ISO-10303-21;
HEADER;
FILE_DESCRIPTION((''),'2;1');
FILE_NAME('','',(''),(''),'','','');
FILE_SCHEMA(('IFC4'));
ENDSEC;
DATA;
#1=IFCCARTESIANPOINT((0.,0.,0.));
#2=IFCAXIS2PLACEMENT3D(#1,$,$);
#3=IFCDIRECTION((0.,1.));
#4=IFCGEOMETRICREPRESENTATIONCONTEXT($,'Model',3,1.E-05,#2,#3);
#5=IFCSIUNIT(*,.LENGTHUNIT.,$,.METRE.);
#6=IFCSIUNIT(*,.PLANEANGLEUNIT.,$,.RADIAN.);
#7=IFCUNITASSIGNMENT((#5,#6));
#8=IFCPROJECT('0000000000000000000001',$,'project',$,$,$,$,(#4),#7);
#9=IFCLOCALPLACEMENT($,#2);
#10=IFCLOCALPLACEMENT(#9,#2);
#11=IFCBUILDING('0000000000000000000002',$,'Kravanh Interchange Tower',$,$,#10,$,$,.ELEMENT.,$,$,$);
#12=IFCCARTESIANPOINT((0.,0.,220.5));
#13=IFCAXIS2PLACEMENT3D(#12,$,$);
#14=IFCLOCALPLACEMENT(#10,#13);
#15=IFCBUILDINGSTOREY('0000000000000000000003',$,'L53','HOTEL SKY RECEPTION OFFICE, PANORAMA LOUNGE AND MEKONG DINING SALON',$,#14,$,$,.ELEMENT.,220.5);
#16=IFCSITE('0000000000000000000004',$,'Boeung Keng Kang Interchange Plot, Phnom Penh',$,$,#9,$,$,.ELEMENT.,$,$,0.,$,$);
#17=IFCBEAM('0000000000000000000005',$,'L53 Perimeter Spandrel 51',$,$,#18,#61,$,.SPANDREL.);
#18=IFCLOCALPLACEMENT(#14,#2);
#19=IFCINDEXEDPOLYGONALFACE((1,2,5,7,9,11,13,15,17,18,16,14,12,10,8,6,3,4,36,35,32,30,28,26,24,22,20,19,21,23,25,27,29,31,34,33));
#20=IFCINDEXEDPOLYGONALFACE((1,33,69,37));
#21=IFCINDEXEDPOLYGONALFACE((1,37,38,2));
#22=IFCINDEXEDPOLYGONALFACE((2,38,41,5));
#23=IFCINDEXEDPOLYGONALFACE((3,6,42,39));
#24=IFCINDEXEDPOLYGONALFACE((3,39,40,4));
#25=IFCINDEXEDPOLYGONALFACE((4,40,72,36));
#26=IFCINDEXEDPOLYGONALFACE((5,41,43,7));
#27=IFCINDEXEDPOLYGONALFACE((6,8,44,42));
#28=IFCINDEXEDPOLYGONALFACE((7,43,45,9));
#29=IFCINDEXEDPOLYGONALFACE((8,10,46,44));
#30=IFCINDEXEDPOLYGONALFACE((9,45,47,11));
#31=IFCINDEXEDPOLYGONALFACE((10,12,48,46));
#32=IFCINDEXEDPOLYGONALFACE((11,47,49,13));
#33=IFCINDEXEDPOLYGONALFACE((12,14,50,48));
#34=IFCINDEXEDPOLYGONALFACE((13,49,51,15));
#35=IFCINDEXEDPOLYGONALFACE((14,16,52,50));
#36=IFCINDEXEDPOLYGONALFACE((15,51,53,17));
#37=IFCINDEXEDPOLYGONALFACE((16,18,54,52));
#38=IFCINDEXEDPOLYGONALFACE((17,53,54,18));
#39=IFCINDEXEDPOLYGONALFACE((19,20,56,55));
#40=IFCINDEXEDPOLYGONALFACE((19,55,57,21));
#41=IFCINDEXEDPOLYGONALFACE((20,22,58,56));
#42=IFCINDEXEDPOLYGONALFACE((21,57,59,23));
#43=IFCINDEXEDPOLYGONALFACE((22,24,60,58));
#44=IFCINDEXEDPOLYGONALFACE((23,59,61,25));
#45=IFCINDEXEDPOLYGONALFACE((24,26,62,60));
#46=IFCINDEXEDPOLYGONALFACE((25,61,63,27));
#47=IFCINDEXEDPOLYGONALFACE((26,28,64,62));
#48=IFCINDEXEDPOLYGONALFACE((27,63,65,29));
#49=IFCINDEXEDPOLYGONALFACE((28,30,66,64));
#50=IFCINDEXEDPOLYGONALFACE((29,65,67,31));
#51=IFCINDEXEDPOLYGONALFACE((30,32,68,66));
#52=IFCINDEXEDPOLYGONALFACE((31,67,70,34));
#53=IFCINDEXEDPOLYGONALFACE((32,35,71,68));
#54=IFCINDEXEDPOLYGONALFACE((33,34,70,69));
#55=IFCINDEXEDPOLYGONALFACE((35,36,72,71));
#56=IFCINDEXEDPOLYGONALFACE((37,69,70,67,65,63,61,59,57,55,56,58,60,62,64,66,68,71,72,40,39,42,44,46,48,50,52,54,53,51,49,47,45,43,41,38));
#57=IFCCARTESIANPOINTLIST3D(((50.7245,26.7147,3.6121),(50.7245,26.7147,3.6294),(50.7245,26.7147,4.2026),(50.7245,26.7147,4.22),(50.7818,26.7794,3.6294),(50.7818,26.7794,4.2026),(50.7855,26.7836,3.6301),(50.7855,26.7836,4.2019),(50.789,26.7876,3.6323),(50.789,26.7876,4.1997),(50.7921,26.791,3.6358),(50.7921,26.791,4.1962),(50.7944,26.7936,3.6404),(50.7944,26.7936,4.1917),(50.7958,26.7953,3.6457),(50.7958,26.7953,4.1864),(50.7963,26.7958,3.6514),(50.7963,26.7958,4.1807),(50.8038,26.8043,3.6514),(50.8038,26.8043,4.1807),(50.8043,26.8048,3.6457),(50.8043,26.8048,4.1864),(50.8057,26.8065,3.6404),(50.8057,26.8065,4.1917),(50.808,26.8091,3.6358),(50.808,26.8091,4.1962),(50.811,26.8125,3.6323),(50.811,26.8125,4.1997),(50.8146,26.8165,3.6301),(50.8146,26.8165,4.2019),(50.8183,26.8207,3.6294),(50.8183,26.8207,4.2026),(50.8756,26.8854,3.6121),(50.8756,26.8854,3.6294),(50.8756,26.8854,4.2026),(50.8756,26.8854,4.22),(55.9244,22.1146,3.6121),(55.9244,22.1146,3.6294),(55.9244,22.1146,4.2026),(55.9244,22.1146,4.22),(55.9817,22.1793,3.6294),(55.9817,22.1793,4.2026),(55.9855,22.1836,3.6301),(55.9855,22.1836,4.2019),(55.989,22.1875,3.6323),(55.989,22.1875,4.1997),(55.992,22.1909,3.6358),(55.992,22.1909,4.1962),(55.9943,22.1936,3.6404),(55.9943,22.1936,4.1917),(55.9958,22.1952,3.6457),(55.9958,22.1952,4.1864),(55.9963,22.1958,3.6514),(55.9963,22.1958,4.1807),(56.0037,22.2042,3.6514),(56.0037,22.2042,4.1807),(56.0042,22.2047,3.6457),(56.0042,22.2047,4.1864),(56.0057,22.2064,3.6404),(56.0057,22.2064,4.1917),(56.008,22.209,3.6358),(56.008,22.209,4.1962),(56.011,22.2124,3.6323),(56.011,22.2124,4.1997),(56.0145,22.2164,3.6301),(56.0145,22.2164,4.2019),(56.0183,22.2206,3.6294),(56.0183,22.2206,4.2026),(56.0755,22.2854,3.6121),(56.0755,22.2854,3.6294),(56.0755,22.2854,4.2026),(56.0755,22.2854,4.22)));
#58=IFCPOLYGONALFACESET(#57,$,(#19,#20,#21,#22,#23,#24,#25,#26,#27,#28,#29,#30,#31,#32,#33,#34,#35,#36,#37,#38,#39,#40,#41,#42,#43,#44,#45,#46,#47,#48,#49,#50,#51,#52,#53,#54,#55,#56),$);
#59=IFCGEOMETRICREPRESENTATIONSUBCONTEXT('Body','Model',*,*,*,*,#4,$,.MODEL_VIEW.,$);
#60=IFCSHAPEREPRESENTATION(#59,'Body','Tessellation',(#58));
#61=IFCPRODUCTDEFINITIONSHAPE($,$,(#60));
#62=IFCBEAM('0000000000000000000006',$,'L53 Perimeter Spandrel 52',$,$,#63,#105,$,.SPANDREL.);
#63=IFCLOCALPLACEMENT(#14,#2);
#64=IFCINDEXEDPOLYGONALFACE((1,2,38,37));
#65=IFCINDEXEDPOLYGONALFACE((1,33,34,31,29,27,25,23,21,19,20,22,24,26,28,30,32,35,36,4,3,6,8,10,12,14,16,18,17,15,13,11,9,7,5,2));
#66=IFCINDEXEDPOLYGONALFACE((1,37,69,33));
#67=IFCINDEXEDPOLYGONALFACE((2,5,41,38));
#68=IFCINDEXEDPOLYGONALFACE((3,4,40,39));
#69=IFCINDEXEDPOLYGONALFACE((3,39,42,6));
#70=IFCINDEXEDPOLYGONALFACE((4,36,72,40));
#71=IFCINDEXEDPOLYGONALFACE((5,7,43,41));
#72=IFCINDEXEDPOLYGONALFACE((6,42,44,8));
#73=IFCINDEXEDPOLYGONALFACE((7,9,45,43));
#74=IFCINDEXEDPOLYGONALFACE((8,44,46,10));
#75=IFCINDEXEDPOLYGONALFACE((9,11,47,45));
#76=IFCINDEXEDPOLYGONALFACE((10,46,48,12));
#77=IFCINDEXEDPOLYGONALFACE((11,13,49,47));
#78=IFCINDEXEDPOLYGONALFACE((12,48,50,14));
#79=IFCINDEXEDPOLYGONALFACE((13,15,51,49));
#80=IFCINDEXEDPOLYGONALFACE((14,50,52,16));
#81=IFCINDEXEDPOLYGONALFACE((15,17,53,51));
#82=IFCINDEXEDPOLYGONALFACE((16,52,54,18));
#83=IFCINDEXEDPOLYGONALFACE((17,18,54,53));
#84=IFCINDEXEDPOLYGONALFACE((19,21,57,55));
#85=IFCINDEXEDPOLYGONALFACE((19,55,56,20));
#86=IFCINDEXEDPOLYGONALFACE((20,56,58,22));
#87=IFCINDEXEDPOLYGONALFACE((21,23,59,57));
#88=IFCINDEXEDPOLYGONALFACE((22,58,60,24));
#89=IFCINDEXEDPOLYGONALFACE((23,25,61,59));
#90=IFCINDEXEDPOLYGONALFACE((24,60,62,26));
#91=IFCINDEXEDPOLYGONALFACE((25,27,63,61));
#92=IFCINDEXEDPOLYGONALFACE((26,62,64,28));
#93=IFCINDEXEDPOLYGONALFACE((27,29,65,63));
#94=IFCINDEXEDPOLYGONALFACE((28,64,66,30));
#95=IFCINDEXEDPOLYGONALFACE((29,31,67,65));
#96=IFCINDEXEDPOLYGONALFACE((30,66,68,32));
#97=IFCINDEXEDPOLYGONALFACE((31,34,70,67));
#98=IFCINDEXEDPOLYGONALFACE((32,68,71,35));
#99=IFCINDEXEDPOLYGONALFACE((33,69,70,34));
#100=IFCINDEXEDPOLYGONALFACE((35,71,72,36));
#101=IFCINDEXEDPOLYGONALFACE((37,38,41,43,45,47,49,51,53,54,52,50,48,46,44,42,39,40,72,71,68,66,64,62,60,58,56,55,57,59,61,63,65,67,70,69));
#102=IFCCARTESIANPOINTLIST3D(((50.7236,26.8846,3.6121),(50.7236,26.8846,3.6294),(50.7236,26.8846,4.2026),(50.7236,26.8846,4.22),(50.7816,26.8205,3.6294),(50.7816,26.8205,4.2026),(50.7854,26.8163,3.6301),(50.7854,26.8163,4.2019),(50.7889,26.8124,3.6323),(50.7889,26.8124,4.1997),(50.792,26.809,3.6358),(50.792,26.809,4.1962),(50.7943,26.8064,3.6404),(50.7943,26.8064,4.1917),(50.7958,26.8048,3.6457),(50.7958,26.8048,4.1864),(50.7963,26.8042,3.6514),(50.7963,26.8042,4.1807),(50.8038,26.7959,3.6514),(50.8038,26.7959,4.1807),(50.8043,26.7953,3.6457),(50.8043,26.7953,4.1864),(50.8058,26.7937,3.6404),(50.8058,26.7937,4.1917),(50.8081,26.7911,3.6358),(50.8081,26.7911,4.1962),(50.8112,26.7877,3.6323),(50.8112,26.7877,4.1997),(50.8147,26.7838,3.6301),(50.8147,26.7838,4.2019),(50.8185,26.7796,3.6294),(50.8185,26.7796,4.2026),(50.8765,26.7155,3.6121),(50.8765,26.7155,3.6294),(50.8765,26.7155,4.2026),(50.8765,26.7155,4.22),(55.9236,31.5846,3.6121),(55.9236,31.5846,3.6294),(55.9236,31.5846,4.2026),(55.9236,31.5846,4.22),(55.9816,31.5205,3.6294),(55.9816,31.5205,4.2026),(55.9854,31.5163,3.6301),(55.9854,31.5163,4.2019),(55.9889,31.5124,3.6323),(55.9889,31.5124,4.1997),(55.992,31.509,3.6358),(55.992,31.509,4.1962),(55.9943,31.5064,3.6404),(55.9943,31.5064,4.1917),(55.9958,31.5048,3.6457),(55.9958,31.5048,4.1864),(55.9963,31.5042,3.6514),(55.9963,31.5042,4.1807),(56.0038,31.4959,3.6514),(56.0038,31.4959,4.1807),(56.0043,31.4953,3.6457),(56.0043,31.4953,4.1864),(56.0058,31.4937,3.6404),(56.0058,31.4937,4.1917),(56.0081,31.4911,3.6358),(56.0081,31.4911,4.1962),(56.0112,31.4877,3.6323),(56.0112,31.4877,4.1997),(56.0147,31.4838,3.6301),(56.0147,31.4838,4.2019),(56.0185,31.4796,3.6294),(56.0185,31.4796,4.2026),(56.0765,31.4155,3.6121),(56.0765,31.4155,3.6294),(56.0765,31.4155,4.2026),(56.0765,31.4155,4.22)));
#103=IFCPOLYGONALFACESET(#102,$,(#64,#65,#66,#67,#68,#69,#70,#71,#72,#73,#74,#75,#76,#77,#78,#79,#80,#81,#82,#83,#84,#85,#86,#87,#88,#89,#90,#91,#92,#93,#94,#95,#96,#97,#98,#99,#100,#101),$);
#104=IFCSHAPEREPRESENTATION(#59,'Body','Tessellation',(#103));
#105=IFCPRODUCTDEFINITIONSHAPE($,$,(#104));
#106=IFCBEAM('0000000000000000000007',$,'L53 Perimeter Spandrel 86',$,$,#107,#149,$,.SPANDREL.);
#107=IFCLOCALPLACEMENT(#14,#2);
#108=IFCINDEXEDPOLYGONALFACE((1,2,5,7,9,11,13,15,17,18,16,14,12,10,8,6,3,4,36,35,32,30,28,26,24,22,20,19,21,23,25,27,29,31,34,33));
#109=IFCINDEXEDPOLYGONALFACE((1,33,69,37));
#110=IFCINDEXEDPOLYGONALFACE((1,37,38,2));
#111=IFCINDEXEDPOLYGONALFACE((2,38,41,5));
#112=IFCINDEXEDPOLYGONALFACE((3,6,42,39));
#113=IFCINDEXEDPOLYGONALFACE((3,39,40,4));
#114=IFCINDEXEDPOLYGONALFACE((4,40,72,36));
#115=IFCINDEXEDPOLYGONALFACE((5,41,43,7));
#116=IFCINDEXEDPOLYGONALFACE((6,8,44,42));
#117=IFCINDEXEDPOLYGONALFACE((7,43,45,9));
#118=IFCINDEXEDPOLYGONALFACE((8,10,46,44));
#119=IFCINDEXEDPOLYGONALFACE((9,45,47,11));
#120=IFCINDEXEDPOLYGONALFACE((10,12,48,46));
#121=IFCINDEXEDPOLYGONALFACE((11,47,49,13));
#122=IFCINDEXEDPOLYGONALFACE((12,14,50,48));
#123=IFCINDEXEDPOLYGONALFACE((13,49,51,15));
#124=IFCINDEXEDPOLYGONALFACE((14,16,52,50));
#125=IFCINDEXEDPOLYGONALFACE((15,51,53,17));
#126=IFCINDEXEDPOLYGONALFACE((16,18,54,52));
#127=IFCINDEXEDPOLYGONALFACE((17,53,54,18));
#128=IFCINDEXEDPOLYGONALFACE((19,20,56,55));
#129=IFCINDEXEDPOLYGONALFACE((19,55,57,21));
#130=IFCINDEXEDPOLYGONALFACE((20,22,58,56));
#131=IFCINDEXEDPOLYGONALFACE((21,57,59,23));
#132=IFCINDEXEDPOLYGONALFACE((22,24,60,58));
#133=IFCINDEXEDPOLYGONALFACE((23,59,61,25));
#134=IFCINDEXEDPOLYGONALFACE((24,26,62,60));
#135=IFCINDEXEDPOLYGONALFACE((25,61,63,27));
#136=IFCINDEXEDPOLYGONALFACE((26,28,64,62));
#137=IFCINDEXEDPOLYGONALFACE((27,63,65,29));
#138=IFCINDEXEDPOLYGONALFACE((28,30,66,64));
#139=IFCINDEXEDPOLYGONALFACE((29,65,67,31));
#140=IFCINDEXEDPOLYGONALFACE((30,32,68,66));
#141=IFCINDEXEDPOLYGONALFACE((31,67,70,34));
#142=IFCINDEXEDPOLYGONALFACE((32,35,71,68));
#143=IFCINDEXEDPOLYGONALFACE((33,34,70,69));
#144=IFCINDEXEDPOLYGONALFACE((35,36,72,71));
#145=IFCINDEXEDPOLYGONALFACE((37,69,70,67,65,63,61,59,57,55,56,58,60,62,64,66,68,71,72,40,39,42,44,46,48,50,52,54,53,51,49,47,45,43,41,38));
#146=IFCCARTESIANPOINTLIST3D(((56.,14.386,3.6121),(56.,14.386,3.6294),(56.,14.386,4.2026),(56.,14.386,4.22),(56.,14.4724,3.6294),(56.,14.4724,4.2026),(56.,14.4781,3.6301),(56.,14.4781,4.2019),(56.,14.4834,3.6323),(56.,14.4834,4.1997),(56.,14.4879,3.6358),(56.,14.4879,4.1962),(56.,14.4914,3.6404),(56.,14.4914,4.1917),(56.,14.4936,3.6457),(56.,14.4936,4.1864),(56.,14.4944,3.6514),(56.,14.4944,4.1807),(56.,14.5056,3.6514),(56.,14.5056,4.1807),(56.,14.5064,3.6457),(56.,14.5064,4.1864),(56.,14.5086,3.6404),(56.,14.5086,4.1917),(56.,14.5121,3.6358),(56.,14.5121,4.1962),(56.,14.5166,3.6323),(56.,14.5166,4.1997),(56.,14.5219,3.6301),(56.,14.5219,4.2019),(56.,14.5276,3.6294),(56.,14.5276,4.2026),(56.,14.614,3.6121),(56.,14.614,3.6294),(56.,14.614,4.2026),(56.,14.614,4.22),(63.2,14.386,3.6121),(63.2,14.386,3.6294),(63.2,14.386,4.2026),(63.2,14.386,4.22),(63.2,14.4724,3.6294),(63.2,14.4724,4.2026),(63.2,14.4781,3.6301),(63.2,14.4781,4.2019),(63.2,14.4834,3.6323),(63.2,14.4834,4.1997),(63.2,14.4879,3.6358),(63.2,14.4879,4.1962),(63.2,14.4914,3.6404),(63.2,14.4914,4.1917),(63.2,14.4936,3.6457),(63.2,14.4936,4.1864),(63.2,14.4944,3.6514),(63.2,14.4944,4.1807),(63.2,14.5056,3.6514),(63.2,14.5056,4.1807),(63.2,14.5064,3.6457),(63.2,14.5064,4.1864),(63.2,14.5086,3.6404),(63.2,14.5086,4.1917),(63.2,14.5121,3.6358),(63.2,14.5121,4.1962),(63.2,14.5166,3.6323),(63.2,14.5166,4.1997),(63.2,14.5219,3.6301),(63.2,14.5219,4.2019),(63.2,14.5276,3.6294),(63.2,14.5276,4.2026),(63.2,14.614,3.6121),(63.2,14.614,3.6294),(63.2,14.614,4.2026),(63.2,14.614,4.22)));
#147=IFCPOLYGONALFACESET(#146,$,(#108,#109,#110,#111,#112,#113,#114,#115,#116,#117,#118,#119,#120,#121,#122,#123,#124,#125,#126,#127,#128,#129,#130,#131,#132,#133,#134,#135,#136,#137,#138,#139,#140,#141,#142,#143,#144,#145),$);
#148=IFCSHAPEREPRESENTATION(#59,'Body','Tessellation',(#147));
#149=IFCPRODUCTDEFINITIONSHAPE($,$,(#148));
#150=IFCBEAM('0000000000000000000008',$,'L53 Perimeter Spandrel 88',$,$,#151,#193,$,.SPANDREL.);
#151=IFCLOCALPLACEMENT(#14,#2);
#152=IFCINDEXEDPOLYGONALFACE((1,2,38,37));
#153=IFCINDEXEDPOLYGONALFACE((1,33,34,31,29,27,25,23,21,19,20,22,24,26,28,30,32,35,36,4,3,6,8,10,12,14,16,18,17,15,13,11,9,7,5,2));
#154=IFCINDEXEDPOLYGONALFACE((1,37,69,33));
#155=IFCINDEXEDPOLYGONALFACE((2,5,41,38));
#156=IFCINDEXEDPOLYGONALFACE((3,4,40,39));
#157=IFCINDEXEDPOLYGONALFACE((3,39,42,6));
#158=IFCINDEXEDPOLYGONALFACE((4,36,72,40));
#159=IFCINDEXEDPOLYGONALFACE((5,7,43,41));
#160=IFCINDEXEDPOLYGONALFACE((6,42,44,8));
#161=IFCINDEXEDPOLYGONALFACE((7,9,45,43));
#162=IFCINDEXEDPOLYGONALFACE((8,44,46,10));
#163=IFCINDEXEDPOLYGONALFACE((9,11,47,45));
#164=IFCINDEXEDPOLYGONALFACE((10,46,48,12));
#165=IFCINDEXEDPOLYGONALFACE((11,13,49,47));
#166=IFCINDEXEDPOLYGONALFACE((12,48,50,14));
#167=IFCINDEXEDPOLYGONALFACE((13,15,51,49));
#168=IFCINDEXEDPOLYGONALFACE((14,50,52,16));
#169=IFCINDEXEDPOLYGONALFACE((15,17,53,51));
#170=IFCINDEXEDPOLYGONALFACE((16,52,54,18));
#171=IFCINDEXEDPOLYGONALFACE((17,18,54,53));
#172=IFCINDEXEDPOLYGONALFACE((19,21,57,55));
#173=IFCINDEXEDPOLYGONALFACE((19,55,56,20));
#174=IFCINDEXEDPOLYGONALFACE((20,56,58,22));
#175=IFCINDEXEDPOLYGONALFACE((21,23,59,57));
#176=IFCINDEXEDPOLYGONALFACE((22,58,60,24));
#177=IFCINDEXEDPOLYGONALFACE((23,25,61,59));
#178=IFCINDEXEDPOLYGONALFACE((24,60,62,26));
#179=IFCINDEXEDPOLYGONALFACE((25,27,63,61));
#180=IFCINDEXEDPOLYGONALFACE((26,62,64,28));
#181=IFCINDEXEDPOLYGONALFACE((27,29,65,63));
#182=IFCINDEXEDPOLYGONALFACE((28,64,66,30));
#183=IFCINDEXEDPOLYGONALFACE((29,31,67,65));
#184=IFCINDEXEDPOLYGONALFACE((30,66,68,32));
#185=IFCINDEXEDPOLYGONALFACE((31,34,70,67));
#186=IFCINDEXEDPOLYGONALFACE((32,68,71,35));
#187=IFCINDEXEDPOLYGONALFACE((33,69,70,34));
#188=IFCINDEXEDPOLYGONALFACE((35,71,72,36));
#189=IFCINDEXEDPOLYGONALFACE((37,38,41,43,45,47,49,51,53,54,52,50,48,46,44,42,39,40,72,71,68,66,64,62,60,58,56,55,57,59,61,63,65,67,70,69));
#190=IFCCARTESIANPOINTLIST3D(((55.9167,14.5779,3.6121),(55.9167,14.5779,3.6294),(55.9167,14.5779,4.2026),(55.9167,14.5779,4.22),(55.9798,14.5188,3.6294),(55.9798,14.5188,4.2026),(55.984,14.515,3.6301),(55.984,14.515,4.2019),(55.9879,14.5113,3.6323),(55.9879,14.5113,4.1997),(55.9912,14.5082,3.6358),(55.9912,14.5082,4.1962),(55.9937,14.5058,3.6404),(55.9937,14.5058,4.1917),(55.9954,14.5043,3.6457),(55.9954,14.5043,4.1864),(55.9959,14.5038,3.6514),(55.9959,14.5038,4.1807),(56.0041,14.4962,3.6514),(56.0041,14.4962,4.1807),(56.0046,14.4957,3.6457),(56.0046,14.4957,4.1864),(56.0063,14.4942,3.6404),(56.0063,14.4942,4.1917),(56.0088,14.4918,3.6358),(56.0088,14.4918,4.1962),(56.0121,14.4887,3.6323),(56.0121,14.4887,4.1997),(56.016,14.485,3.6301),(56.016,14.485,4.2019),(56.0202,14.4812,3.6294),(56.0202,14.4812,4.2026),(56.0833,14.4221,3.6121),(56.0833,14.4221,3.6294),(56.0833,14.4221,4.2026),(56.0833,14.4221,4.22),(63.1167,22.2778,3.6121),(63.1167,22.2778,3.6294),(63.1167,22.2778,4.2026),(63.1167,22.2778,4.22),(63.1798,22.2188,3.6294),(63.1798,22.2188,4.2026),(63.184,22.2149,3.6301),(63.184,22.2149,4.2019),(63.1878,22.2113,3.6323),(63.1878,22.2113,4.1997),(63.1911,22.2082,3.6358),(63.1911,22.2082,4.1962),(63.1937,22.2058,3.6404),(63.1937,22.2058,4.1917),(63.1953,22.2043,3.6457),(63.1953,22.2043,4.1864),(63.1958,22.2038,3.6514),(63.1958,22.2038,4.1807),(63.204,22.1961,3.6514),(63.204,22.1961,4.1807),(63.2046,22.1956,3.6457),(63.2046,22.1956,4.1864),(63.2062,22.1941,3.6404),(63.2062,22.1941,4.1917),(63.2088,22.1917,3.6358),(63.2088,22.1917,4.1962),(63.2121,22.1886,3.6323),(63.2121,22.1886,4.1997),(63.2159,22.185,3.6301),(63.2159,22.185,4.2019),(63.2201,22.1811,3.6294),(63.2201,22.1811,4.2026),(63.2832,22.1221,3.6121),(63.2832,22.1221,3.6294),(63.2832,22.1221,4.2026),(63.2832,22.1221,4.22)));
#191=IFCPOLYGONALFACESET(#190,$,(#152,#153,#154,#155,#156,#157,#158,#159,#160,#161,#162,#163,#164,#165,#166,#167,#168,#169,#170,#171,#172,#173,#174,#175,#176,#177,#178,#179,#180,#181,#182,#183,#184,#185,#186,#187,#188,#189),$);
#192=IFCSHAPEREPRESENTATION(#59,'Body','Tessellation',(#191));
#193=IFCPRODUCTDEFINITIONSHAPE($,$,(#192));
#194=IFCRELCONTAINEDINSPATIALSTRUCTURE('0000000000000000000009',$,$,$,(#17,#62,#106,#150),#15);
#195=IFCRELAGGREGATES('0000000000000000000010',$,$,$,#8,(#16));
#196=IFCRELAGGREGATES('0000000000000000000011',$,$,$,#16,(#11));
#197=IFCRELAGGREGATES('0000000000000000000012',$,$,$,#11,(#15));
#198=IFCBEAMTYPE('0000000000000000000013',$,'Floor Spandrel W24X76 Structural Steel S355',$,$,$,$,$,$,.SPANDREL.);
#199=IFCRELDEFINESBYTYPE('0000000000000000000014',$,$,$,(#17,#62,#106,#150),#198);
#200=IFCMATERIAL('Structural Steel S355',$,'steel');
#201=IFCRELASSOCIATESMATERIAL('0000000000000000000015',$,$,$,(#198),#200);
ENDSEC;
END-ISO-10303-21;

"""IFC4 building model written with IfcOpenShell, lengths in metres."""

from ifc_helpers import new_model, si_unit, direction, frame, origin, origin_2d, place, context, subcontext, project, spatial, i_section, extrude, material, material_profile, profile_set, type_object, element, save


model = new_model("IFC4")

# Units and contexts
model_context = context("Model", 3, precision=1e-05, world=origin(), true_north=direction((0.0, 1.0)))
body_context = subcontext(model_context, "Body", "Model", "MODEL_VIEW")
ifc_project = project(units=[si_unit("LENGTHUNIT", "METRE"), si_unit("PLANEANGLEUNIT", "RADIAN")], contexts=[model_context])

# Site, building, storey
site_placement = place(None, origin())
site = spatial("IfcSite", under=ifc_project, at=site_placement, Name="Boeung Keng Kang Interchange Plot, Phnom Penh", CompositionType="ELEMENT", RefElevation=0.0)
building_placement = place(site_placement, origin())
building = spatial("IfcBuilding", under=site, at=building_placement, Name="Kravanh Interchange Tower", CompositionType="ELEMENT")
storey_placement = place(building_placement, frame((0.0, 0.0, 220.5)))
storey = spatial("IfcBuildingStorey", under=building, at=storey_placement, Name="L53", Description="HOTEL SKY RECEPTION OFFICE, PANORAMA LOUNGE AND MEKONG DINING SALON", CompositionType="ELEMENT", Elevation=220.5)

# Beams
ifc_material_1 = material(Name="Structural Steel S355", Category="steel")
ifc_material_profile_1 = material_profile(ifc_material_1, i_section(OverallWidth=0.228, OverallDepth=0.6079, WebThickness=0.0112, FlangeThickness=0.0173, FilletRadius=0.022, at=origin_2d()), Name="W24X76")
ifc_profile_set_1 = profile_set([ifc_material_profile_1], Name="Structural Steel S355")
beam_type_1 = type_object("IfcBeamType", Name="Floor Spandrel W24X76 Structural Steel S355", PredefinedType="SPANDREL", material=ifc_profile_set_1)
beam_1_placement = place(storey_placement, frame((50.8, 26.8, 3.916), z_axis=(0.748986, -0.662585, 0.0), x_axis=(0.662585, 0.748986, 0.0)))
element("IfcBeam", 1, at=beam_1_placement, inside=storey, type_object=beam_type_1, Name="L53 Perimeter Spandrel 51", PredefinedType="SPANDREL", context=body_context, shape_type="SweptSolid", body=[
    extrude(i_section(OverallWidth=0.228, OverallDepth=0.6079, WebThickness=0.0112, FlangeThickness=0.0173, FilletRadius=0.022, at=origin_2d()), origin(), (0.0, 0.0, 1.0), 6.9426),
])
beam_2_placement = place(storey_placement, frame((50.8, 26.8, 3.916), z_axis=(0.741874, 0.670539, 0.0), x_axis=(-0.670539, 0.741874, 0.0)))
element("IfcBeam", 2, at=beam_2_placement, inside=storey, type_object=beam_type_1, Name="L53 Perimeter Spandrel 52", PredefinedType="SPANDREL", context=body_context, shape_type="SweptSolid", body=[
    extrude(i_section(OverallWidth=0.228, OverallDepth=0.6079, WebThickness=0.0112, FlangeThickness=0.0173, FilletRadius=0.022, at=origin_2d()), origin(), (0.0, 0.0, 1.0), 7.0093),
])
beam_3_placement = place(storey_placement, frame((56.0, 14.5, 3.916), z_axis=(1.0, 0.0, 0.0), x_axis=(0.0, 1.0, 0.0)))
element("IfcBeam", 3, at=beam_3_placement, inside=storey, type_object=beam_type_1, Name="L53 Perimeter Spandrel 86", PredefinedType="SPANDREL", context=body_context, shape_type="SweptSolid", body=[
    extrude(i_section(OverallWidth=0.228, OverallDepth=0.6079, WebThickness=0.0112, FlangeThickness=0.0173, FilletRadius=0.022, at=origin_2d()), origin(), (0.0, 0.0, 1.0), 7.2),
])
beam_4_placement = place(storey_placement, frame((56.0, 14.5, 3.916), z_axis=(0.682994, 0.730424, 0.0), x_axis=(-0.730424, 0.682994, 0.0)))
element("IfcBeam", 4, at=beam_4_placement, inside=storey, type_object=beam_type_1, Name="L53 Perimeter Spandrel 88", PredefinedType="SPANDREL", context=body_context, shape_type="SweptSolid", body=[
    extrude(i_section(OverallWidth=0.228, OverallDepth=0.6079, WebThickness=0.0112, FlangeThickness=0.0173, FilletRadius=0.022, at=origin_2d()), origin(), (0.0, 0.0, 1.0), 10.5417),
])

save(model, "model.ifc")
